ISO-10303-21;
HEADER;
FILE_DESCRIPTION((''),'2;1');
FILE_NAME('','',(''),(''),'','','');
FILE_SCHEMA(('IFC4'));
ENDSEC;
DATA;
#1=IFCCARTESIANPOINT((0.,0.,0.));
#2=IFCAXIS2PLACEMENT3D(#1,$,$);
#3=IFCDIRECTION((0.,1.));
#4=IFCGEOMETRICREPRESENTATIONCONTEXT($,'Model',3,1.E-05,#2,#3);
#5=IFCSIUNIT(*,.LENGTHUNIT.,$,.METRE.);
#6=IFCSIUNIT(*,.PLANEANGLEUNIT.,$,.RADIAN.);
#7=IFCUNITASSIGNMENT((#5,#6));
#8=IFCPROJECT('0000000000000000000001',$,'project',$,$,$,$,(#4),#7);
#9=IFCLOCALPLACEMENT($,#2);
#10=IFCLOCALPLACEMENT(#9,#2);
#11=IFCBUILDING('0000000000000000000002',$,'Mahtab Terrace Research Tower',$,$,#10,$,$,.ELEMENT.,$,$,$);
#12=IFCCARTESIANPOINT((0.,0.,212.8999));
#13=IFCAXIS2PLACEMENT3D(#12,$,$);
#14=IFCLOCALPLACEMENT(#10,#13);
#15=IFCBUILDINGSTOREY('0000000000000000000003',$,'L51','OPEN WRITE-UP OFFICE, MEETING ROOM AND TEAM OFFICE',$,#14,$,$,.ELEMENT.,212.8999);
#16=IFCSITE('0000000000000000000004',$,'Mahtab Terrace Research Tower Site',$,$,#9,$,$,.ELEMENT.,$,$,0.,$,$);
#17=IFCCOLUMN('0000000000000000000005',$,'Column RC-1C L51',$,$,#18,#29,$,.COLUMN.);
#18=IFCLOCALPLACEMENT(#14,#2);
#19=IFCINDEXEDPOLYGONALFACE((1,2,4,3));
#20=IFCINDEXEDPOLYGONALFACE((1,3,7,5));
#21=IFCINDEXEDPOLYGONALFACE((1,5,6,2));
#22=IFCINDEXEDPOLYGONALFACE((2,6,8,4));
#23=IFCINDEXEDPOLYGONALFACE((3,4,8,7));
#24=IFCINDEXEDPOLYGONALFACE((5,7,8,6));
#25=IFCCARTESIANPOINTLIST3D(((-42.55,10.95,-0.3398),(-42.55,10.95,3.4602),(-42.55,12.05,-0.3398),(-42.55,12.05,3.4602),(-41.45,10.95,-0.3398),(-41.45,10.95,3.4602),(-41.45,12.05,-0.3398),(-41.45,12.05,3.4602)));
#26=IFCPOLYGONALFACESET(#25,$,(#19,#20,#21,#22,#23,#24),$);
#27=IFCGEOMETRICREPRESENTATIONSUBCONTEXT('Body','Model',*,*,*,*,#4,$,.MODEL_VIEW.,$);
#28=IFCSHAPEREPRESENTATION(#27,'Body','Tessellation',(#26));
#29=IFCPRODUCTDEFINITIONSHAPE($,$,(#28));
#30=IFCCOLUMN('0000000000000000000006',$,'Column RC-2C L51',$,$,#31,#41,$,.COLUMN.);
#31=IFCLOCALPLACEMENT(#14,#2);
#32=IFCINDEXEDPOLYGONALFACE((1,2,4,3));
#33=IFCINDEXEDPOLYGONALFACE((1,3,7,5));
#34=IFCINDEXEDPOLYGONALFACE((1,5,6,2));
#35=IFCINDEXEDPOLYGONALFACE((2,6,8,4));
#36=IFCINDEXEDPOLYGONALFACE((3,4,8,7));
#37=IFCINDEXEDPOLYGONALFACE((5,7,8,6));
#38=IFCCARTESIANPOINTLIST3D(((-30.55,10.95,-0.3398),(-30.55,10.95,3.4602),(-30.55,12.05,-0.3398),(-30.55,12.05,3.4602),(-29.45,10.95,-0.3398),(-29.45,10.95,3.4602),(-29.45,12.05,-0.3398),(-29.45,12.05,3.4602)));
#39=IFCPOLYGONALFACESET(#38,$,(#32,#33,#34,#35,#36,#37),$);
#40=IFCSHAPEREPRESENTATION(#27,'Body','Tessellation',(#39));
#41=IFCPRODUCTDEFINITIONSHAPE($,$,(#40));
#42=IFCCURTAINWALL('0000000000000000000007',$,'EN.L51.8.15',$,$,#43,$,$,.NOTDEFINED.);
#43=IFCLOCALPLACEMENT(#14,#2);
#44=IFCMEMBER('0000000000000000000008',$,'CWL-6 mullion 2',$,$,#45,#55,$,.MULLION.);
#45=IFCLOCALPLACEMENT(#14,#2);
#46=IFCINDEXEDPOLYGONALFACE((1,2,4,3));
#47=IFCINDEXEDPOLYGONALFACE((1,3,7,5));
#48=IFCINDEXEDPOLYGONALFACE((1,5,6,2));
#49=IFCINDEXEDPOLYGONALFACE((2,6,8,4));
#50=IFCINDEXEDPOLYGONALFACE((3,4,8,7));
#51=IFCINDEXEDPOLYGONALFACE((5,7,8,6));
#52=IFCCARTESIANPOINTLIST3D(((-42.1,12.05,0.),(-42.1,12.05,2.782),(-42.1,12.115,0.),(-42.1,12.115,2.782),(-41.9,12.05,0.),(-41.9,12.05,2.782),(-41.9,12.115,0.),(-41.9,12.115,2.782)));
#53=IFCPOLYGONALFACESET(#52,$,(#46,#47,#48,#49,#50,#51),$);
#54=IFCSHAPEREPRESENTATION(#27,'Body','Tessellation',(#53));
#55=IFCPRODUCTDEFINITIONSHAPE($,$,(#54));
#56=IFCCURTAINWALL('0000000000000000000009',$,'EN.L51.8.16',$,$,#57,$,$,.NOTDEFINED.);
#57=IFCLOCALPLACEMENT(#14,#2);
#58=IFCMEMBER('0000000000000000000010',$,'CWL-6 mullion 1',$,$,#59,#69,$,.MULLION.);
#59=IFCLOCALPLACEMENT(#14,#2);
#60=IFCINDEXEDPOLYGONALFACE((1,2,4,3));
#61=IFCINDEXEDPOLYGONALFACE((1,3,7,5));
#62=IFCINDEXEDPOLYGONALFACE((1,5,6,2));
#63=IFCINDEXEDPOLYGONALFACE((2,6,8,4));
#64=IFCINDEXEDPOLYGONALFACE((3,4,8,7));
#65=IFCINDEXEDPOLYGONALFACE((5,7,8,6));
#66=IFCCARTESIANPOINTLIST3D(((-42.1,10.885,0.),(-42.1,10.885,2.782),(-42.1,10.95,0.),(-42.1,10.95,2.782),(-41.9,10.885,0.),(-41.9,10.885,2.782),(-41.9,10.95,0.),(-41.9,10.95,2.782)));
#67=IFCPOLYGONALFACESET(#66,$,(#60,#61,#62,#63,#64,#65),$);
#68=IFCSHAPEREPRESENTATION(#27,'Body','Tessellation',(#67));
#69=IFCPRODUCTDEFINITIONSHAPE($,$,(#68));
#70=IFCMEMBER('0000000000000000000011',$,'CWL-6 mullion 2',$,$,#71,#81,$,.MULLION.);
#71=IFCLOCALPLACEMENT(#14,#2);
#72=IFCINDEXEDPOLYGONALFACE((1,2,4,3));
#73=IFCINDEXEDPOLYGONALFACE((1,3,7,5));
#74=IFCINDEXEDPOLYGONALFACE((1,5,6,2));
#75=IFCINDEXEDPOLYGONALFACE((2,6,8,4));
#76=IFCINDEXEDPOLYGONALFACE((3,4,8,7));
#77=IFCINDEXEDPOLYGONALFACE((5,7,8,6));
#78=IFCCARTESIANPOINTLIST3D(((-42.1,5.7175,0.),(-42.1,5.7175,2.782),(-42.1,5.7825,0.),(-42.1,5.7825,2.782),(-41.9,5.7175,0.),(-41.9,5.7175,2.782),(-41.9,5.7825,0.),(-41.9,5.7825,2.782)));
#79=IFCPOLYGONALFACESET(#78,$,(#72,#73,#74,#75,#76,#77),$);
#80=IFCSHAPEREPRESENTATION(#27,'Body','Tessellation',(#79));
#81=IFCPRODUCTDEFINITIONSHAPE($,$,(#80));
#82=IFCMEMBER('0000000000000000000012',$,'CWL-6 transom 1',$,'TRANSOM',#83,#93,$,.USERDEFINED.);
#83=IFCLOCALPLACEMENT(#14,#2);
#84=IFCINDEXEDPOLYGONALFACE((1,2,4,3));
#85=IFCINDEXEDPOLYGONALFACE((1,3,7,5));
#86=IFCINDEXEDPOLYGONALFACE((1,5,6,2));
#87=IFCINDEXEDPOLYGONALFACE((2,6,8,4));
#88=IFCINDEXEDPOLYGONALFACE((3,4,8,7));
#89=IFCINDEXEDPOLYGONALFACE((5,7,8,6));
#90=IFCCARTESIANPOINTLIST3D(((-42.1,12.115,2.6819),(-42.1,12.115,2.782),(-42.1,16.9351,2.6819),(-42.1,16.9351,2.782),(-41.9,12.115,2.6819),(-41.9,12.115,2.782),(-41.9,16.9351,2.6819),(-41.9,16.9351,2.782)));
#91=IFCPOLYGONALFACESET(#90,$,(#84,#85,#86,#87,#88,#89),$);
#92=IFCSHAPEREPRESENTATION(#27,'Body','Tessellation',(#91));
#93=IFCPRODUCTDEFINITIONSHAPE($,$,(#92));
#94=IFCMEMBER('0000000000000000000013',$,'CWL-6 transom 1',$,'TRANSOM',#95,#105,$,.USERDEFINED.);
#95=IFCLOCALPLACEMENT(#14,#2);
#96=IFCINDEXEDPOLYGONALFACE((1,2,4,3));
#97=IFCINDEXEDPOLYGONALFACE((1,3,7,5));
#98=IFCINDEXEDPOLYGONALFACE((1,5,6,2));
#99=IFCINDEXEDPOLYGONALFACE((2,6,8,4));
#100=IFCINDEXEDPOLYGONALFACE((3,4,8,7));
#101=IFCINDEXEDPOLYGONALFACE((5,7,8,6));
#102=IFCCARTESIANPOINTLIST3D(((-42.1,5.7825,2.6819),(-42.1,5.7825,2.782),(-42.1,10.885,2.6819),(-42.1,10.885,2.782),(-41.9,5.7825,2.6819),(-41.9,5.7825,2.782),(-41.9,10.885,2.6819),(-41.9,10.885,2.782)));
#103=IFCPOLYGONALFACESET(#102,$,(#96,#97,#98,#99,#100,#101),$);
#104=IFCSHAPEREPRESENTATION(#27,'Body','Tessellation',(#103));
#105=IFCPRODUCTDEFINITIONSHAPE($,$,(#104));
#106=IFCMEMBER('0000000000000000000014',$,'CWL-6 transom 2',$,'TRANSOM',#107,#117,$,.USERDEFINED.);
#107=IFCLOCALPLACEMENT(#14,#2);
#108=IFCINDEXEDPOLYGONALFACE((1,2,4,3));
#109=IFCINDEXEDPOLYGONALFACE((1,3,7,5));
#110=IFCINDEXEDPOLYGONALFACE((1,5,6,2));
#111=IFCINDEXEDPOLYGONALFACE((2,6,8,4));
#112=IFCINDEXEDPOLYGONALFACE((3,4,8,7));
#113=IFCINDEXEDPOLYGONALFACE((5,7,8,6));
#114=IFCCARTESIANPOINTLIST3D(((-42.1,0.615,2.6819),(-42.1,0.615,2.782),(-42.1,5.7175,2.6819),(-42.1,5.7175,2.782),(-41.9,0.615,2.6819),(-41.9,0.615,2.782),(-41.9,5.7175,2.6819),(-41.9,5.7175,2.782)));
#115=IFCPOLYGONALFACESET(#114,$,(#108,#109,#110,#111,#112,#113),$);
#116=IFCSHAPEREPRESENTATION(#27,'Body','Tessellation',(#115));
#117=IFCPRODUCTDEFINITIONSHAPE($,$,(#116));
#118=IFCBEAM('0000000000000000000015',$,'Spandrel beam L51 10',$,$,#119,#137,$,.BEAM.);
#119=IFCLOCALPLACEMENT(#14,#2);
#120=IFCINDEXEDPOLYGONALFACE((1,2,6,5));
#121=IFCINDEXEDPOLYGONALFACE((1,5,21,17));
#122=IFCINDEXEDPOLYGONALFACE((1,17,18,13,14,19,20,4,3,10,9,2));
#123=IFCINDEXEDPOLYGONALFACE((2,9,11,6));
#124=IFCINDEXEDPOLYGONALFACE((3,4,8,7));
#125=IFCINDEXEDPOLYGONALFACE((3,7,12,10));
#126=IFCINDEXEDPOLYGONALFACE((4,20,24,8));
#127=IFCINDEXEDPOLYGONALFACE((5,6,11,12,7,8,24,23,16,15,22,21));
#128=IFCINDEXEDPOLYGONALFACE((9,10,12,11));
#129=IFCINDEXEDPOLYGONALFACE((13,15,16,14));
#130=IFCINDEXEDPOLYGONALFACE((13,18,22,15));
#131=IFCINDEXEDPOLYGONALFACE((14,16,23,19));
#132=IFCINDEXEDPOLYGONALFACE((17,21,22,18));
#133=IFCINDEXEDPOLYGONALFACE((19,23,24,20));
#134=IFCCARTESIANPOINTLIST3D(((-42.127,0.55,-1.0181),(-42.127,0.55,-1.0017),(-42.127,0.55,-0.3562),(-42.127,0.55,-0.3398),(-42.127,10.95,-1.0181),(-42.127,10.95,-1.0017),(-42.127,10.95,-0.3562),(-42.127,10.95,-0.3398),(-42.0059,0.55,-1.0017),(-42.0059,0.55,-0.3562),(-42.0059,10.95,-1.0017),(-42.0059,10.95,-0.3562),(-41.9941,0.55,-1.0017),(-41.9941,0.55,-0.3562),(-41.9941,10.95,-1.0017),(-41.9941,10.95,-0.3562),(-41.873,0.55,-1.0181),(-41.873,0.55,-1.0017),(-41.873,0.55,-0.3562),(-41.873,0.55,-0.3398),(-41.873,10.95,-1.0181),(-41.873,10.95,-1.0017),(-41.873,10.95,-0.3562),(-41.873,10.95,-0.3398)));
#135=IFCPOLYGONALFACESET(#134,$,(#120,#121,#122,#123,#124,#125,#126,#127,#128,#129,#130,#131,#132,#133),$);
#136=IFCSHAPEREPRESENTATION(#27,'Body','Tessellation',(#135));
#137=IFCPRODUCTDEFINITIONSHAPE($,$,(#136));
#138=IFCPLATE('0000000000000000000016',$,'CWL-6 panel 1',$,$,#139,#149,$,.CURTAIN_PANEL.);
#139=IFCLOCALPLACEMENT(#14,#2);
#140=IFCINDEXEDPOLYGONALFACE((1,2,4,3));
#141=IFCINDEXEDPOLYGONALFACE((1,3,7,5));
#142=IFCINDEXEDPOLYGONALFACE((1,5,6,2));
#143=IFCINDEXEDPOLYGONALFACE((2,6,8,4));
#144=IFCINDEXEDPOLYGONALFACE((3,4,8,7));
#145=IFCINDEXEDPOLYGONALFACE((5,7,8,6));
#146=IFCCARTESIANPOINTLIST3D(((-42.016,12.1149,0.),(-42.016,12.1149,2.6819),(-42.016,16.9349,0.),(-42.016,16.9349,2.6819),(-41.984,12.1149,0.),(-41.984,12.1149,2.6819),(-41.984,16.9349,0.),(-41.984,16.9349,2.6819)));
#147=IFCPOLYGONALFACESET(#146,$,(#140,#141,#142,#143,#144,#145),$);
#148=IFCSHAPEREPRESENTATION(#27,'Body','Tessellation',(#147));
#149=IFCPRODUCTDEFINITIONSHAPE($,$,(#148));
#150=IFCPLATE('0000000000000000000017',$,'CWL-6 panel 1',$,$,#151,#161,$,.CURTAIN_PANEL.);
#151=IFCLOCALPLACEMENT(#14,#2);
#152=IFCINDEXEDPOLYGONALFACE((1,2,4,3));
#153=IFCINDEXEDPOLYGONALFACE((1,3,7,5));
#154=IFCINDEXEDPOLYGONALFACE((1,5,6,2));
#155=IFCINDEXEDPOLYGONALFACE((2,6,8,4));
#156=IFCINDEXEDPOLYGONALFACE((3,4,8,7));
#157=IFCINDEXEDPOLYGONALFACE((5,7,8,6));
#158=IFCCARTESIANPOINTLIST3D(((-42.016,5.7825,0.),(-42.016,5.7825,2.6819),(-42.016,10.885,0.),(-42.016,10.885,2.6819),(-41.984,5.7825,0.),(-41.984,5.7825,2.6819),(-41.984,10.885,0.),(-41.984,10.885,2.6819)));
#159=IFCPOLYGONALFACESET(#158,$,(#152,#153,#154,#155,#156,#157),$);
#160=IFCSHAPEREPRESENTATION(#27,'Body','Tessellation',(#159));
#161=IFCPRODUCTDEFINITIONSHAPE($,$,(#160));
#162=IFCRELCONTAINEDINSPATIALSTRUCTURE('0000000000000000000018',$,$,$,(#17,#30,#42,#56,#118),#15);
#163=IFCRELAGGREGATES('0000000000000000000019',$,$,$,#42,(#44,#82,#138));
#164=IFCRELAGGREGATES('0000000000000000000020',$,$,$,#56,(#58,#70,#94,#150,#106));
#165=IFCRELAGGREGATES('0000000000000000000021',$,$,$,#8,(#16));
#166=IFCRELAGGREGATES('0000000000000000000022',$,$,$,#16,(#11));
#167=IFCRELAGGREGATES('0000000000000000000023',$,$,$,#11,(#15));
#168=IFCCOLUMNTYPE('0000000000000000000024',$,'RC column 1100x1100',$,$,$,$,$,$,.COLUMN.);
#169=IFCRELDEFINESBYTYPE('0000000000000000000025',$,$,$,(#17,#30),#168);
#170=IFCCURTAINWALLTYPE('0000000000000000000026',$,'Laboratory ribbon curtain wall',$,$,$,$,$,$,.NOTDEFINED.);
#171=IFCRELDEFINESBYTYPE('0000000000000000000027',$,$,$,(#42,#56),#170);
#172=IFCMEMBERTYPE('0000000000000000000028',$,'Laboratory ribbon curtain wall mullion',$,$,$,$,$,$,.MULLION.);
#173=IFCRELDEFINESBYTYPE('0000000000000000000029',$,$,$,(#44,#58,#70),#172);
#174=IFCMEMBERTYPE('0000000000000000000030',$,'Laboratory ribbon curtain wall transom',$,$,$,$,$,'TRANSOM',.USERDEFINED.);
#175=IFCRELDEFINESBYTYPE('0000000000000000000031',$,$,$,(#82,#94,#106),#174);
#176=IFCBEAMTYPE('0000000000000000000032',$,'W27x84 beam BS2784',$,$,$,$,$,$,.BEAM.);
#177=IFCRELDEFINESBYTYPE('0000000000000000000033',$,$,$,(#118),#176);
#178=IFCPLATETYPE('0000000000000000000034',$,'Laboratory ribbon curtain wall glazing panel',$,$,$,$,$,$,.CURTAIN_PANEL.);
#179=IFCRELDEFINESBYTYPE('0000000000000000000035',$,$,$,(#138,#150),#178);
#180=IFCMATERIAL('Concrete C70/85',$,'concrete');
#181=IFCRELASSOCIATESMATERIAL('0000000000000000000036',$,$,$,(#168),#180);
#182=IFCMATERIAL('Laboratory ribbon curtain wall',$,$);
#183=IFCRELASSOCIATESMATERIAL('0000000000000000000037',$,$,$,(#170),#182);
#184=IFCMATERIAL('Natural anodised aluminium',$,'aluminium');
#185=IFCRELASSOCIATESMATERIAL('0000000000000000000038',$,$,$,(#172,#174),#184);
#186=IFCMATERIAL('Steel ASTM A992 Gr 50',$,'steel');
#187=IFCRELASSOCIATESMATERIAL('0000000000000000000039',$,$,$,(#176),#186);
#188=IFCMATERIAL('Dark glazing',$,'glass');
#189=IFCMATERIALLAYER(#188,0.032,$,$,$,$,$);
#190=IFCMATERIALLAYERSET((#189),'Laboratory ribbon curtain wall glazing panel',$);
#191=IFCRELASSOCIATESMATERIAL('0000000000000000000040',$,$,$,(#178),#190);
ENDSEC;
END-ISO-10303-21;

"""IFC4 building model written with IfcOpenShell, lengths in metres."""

from ifc_helpers import new_model, si_unit, direction, frame, origin, origin_2d, place, context, subcontext, project, spatial, rectangle, i_section, extrude, material, layer, layer_set, material_profile, profile_set, type_object, element, aggregate, save


model = new_model("IFC4")

# Units and contexts
model_context = context("Model", 3, precision=1e-05, world=origin(), true_north=direction((0.0, 1.0)))
body_context = subcontext(model_context, "Body", "Model", "MODEL_VIEW")
ifc_project = project(units=[si_unit("LENGTHUNIT", "METRE"), si_unit("PLANEANGLEUNIT", "RADIAN")], contexts=[model_context])

# Site, building, storey
site_placement = place(None, origin())
site = spatial("IfcSite", under=ifc_project, at=site_placement, Name="Mahtab Terrace Research Tower Site", CompositionType="ELEMENT", RefElevation=0.0)
building_placement = place(site_placement, origin())
building = spatial("IfcBuilding", under=site, at=building_placement, Name="Mahtab Terrace Research Tower", CompositionType="ELEMENT")
storey_placement = place(building_placement, frame((0.0, 0.0, 212.8999)))
storey = spatial("IfcBuildingStorey", under=building, at=storey_placement, Name="L51", Description="OPEN WRITE-UP OFFICE, MEETING ROOM AND TEAM OFFICE", CompositionType="ELEMENT", Elevation=212.8999)

# Columns
ifc_material_1 = material(Name="Concrete C70/85", Category="concrete")
ifc_material_profile_1 = material_profile(ifc_material_1, rectangle(XDim=1.1001, YDim=1.1001, at=origin_2d()), Name="RC column 1100x1100")
ifc_profile_set_1 = profile_set([ifc_material_profile_1], Name="Concrete C70/85")
column_type = type_object("IfcColumnType", Name="RC column 1100x1100", PredefinedType="COLUMN", material=ifc_profile_set_1)
for number, where, z_axis, x_axis, name in (
    (1, (-42.0, 11.5, -0.3398), (0.0, 0.0, 1.0), (1.0, 0.0, 0.0), "Column RC-1C L51"),
    (2, (-30.0, 11.5, -0.3398), (0.0, 0.0, 1.0), (1.0, 0.0, 0.0), "Column RC-2C L51"),
):
    element("IfcColumn", number, at=place(storey_placement, frame(where, z_axis=z_axis, x_axis=x_axis)), inside=storey, type_object=column_type, Name=name, PredefinedType="COLUMN", context=body_context, shape_type="SweptSolid", body=[
        extrude(rectangle(XDim=1.1001, YDim=1.1001, at=origin_2d()), origin(), (0.0, 0.0, 1.0), 3.8),
    ])

# Curtain wall, member
ifc_material_2 = material(Name="Laboratory ribbon curtain wall")
curtain_wall_type = type_object("IfcCurtainWallType", Name="Laboratory ribbon curtain wall", PredefinedType="NOTDEFINED", material=ifc_material_2)
curtain_wall_1_placement = place(storey_placement, origin())
curtain_wall_1 = element("IfcCurtainWall", 3, at=curtain_wall_1_placement, inside=storey, type_object=curtain_wall_type, Name="EN.L51.8.15", PredefinedType="NOTDEFINED")
ifc_material_3 = material(Name="Natural anodised aluminium", Category="aluminium")
ifc_material_profile_2 = material_profile(ifc_material_3, rectangle(XDim=0.2, YDim=0.0649, at=origin_2d()), Name="MULLION 65x200")
ifc_profile_set_2 = profile_set([ifc_material_profile_2], Name="Natural anodised aluminium")
member_type_1 = type_object("IfcMemberType", Name="Laboratory ribbon curtain wall mullion", PredefinedType="MULLION", material=ifc_profile_set_2)
member_1_placement = place(storey_placement, frame((-42.0, 12.0825, 0.0), z_axis=(0.0, 0.0, 1.0), x_axis=(1.0, 0.0, 0.0)))
member_1 = element("IfcMember", 4, at=member_1_placement, type_object=member_type_1, Name="CWL-6 mullion 2", PredefinedType="MULLION", context=body_context, shape_type="SweptSolid", body=[
    extrude(rectangle(XDim=0.2, YDim=0.0649, at=origin_2d()), origin(), (0.0, 0.0, 1.0), 2.782),
])

# Curtain wall, members
curtain_wall_2_placement = place(storey_placement, origin())
curtain_wall_2 = element("IfcCurtainWall", 5, at=curtain_wall_2_placement, inside=storey, type_object=curtain_wall_type, Name="EN.L51.8.16", PredefinedType="NOTDEFINED")
member_2_placement = place(storey_placement, frame((-42.0, 10.9175, 0.0), z_axis=(0.0, 0.0, 1.0), x_axis=(1.0, 0.0, 0.0)))
member_2 = element("IfcMember", 6, at=member_2_placement, type_object=member_type_1, Name="CWL-6 mullion 1", PredefinedType="MULLION", context=body_context, shape_type="SweptSolid", body=[
    extrude(rectangle(XDim=0.2, YDim=0.0649, at=origin_2d()), origin(), (0.0, 0.0, 1.0), 2.782),
])
member_3_placement = place(storey_placement, frame((-42.0, 5.75, 0.0), z_axis=(0.0, 0.0, 1.0), x_axis=(1.0, 0.0, 0.0)))
member_3 = element("IfcMember", 7, at=member_3_placement, type_object=member_type_1, Name="CWL-6 mullion 2", PredefinedType="MULLION", context=body_context, shape_type="SweptSolid", body=[
    extrude(rectangle(XDim=0.2, YDim=0.0649, at=origin_2d()), origin(), (0.0, 0.0, 1.0), 2.782),
])

# Members
ifc_material_profile_3 = material_profile(ifc_material_3, rectangle(XDim=0.2, YDim=0.1001, at=origin_2d()), Name="TRANSOM 100x200")
ifc_profile_set_3 = profile_set([ifc_material_profile_3], Name="Natural anodised aluminium")
member_type_2 = type_object("IfcMemberType", Name="Laboratory ribbon curtain wall transom", ElementType="TRANSOM", PredefinedType="USERDEFINED", material=ifc_profile_set_3)
member_4_placement = place(storey_placement, frame((-42.0, 16.9351, 2.7319), z_axis=(0.0, -1.0, 0.0), x_axis=(1.0, 0.0, 0.0)))
member_4 = element("IfcMember", 8, at=member_4_placement, type_object=member_type_2, Name="CWL-6 transom 1", ObjectType="TRANSOM", PredefinedType="USERDEFINED", context=body_context, shape_type="SweptSolid", body=[
    extrude(rectangle(XDim=0.2, YDim=0.1001, at=origin_2d()), origin(), (0.0, 0.0, 1.0), 4.8201),
])
member_5_placement = place(storey_placement, frame((-42.0, 10.885, 2.7319), z_axis=(0.0, -1.0, 0.0), x_axis=(1.0, 0.0, 0.0)))
member_5 = element("IfcMember", 9, at=member_5_placement, type_object=member_type_2, Name="CWL-6 transom 1", ObjectType="TRANSOM", PredefinedType="USERDEFINED", context=body_context, shape_type="SweptSolid", body=[
    extrude(rectangle(XDim=0.2, YDim=0.1001, at=origin_2d()), origin(), (0.0, 0.0, 1.0), 5.1025),
])
member_6_placement = place(storey_placement, frame((-42.0, 5.7175, 2.7319), z_axis=(0.0, -1.0, 0.0), x_axis=(1.0, 0.0, 0.0)))
member_6 = element("IfcMember", 10, at=member_6_placement, type_object=member_type_2, Name="CWL-6 transom 2", ObjectType="TRANSOM", PredefinedType="USERDEFINED", context=body_context, shape_type="SweptSolid", body=[
    extrude(rectangle(XDim=0.2, YDim=0.1001, at=origin_2d()), origin(), (0.0, 0.0, 1.0), 5.1025),
])

# Beam
ifc_material_4 = material(Name="Steel ASTM A992 Gr 50", Category="steel")
ifc_material_profile_4 = material_profile(ifc_material_4, i_section(OverallWidth=0.2539, OverallDepth=0.6782, WebThickness=0.0117, FlangeThickness=0.0164, at=origin_2d()), Name="W27X84")
ifc_profile_set_4 = profile_set([ifc_material_profile_4], Name="Steel ASTM A992 Gr 50")
beam_type = type_object("IfcBeamType", Name="W27x84 beam BS2784", PredefinedType="BEAM", material=ifc_profile_set_4)
beam_placement = place(storey_placement, frame((-42.0, 10.95, -0.679), z_axis=(0.0, -1.0, 0.0), x_axis=(1.0, 0.0, 0.0)))
element("IfcBeam", 11, at=beam_placement, inside=storey, type_object=beam_type, Name="Spandrel beam L51 10", PredefinedType="BEAM", context=body_context, shape_type="SweptSolid", body=[
    extrude(i_section(OverallWidth=0.2539, OverallDepth=0.6782, WebThickness=0.0117, FlangeThickness=0.0164, at=origin_2d()), origin(), (0.0, 0.0, 1.0), 10.3999),
])

# Plates
ifc_material_5 = material(Name="Dark glazing", Category="glass")
ifc_layer_1 = layer(ifc_material_5, 0.032)
ifc_layer_set_1 = layer_set([ifc_layer_1], Name="Laboratory ribbon curtain wall glazing panel")
plate_type = type_object("IfcPlateType", Name="Laboratory ribbon curtain wall glazing panel", PredefinedType="CURTAIN_PANEL", material=ifc_layer_set_1)
plate_1_placement = place(storey_placement, frame((-42.0, 14.5249, 0.0), z_axis=(0.0, 0.0, 1.0), x_axis=(0.0, -1.0, 0.0)))
plate_1 = element("IfcPlate", 12, at=plate_1_placement, type_object=plate_type, Name="CWL-6 panel 1", PredefinedType="CURTAIN_PANEL", context=body_context, shape_type="SweptSolid", body=[
    extrude(rectangle(XDim=4.8201, YDim=0.032, at=origin_2d()), origin(), (0.0, 0.0, 1.0), 2.6819),
])
aggregate(curtain_wall_1, [member_1, member_4, plate_1])
plate_2_placement = place(storey_placement, frame((-42.0, 8.3337, 0.0), z_axis=(0.0, 0.0, 1.0), x_axis=(0.0, -1.0, 0.0)))
plate_2 = element("IfcPlate", 13, at=plate_2_placement, type_object=plate_type, Name="CWL-6 panel 1", PredefinedType="CURTAIN_PANEL", context=body_context, shape_type="SweptSolid", body=[
    extrude(rectangle(XDim=5.1025, YDim=0.032, at=origin_2d()), origin(), (0.0, 0.0, 1.0), 2.6819),
])
aggregate(curtain_wall_2, [member_2, member_3, member_5, plate_2, member_6])

save(model, "model.ifc")
